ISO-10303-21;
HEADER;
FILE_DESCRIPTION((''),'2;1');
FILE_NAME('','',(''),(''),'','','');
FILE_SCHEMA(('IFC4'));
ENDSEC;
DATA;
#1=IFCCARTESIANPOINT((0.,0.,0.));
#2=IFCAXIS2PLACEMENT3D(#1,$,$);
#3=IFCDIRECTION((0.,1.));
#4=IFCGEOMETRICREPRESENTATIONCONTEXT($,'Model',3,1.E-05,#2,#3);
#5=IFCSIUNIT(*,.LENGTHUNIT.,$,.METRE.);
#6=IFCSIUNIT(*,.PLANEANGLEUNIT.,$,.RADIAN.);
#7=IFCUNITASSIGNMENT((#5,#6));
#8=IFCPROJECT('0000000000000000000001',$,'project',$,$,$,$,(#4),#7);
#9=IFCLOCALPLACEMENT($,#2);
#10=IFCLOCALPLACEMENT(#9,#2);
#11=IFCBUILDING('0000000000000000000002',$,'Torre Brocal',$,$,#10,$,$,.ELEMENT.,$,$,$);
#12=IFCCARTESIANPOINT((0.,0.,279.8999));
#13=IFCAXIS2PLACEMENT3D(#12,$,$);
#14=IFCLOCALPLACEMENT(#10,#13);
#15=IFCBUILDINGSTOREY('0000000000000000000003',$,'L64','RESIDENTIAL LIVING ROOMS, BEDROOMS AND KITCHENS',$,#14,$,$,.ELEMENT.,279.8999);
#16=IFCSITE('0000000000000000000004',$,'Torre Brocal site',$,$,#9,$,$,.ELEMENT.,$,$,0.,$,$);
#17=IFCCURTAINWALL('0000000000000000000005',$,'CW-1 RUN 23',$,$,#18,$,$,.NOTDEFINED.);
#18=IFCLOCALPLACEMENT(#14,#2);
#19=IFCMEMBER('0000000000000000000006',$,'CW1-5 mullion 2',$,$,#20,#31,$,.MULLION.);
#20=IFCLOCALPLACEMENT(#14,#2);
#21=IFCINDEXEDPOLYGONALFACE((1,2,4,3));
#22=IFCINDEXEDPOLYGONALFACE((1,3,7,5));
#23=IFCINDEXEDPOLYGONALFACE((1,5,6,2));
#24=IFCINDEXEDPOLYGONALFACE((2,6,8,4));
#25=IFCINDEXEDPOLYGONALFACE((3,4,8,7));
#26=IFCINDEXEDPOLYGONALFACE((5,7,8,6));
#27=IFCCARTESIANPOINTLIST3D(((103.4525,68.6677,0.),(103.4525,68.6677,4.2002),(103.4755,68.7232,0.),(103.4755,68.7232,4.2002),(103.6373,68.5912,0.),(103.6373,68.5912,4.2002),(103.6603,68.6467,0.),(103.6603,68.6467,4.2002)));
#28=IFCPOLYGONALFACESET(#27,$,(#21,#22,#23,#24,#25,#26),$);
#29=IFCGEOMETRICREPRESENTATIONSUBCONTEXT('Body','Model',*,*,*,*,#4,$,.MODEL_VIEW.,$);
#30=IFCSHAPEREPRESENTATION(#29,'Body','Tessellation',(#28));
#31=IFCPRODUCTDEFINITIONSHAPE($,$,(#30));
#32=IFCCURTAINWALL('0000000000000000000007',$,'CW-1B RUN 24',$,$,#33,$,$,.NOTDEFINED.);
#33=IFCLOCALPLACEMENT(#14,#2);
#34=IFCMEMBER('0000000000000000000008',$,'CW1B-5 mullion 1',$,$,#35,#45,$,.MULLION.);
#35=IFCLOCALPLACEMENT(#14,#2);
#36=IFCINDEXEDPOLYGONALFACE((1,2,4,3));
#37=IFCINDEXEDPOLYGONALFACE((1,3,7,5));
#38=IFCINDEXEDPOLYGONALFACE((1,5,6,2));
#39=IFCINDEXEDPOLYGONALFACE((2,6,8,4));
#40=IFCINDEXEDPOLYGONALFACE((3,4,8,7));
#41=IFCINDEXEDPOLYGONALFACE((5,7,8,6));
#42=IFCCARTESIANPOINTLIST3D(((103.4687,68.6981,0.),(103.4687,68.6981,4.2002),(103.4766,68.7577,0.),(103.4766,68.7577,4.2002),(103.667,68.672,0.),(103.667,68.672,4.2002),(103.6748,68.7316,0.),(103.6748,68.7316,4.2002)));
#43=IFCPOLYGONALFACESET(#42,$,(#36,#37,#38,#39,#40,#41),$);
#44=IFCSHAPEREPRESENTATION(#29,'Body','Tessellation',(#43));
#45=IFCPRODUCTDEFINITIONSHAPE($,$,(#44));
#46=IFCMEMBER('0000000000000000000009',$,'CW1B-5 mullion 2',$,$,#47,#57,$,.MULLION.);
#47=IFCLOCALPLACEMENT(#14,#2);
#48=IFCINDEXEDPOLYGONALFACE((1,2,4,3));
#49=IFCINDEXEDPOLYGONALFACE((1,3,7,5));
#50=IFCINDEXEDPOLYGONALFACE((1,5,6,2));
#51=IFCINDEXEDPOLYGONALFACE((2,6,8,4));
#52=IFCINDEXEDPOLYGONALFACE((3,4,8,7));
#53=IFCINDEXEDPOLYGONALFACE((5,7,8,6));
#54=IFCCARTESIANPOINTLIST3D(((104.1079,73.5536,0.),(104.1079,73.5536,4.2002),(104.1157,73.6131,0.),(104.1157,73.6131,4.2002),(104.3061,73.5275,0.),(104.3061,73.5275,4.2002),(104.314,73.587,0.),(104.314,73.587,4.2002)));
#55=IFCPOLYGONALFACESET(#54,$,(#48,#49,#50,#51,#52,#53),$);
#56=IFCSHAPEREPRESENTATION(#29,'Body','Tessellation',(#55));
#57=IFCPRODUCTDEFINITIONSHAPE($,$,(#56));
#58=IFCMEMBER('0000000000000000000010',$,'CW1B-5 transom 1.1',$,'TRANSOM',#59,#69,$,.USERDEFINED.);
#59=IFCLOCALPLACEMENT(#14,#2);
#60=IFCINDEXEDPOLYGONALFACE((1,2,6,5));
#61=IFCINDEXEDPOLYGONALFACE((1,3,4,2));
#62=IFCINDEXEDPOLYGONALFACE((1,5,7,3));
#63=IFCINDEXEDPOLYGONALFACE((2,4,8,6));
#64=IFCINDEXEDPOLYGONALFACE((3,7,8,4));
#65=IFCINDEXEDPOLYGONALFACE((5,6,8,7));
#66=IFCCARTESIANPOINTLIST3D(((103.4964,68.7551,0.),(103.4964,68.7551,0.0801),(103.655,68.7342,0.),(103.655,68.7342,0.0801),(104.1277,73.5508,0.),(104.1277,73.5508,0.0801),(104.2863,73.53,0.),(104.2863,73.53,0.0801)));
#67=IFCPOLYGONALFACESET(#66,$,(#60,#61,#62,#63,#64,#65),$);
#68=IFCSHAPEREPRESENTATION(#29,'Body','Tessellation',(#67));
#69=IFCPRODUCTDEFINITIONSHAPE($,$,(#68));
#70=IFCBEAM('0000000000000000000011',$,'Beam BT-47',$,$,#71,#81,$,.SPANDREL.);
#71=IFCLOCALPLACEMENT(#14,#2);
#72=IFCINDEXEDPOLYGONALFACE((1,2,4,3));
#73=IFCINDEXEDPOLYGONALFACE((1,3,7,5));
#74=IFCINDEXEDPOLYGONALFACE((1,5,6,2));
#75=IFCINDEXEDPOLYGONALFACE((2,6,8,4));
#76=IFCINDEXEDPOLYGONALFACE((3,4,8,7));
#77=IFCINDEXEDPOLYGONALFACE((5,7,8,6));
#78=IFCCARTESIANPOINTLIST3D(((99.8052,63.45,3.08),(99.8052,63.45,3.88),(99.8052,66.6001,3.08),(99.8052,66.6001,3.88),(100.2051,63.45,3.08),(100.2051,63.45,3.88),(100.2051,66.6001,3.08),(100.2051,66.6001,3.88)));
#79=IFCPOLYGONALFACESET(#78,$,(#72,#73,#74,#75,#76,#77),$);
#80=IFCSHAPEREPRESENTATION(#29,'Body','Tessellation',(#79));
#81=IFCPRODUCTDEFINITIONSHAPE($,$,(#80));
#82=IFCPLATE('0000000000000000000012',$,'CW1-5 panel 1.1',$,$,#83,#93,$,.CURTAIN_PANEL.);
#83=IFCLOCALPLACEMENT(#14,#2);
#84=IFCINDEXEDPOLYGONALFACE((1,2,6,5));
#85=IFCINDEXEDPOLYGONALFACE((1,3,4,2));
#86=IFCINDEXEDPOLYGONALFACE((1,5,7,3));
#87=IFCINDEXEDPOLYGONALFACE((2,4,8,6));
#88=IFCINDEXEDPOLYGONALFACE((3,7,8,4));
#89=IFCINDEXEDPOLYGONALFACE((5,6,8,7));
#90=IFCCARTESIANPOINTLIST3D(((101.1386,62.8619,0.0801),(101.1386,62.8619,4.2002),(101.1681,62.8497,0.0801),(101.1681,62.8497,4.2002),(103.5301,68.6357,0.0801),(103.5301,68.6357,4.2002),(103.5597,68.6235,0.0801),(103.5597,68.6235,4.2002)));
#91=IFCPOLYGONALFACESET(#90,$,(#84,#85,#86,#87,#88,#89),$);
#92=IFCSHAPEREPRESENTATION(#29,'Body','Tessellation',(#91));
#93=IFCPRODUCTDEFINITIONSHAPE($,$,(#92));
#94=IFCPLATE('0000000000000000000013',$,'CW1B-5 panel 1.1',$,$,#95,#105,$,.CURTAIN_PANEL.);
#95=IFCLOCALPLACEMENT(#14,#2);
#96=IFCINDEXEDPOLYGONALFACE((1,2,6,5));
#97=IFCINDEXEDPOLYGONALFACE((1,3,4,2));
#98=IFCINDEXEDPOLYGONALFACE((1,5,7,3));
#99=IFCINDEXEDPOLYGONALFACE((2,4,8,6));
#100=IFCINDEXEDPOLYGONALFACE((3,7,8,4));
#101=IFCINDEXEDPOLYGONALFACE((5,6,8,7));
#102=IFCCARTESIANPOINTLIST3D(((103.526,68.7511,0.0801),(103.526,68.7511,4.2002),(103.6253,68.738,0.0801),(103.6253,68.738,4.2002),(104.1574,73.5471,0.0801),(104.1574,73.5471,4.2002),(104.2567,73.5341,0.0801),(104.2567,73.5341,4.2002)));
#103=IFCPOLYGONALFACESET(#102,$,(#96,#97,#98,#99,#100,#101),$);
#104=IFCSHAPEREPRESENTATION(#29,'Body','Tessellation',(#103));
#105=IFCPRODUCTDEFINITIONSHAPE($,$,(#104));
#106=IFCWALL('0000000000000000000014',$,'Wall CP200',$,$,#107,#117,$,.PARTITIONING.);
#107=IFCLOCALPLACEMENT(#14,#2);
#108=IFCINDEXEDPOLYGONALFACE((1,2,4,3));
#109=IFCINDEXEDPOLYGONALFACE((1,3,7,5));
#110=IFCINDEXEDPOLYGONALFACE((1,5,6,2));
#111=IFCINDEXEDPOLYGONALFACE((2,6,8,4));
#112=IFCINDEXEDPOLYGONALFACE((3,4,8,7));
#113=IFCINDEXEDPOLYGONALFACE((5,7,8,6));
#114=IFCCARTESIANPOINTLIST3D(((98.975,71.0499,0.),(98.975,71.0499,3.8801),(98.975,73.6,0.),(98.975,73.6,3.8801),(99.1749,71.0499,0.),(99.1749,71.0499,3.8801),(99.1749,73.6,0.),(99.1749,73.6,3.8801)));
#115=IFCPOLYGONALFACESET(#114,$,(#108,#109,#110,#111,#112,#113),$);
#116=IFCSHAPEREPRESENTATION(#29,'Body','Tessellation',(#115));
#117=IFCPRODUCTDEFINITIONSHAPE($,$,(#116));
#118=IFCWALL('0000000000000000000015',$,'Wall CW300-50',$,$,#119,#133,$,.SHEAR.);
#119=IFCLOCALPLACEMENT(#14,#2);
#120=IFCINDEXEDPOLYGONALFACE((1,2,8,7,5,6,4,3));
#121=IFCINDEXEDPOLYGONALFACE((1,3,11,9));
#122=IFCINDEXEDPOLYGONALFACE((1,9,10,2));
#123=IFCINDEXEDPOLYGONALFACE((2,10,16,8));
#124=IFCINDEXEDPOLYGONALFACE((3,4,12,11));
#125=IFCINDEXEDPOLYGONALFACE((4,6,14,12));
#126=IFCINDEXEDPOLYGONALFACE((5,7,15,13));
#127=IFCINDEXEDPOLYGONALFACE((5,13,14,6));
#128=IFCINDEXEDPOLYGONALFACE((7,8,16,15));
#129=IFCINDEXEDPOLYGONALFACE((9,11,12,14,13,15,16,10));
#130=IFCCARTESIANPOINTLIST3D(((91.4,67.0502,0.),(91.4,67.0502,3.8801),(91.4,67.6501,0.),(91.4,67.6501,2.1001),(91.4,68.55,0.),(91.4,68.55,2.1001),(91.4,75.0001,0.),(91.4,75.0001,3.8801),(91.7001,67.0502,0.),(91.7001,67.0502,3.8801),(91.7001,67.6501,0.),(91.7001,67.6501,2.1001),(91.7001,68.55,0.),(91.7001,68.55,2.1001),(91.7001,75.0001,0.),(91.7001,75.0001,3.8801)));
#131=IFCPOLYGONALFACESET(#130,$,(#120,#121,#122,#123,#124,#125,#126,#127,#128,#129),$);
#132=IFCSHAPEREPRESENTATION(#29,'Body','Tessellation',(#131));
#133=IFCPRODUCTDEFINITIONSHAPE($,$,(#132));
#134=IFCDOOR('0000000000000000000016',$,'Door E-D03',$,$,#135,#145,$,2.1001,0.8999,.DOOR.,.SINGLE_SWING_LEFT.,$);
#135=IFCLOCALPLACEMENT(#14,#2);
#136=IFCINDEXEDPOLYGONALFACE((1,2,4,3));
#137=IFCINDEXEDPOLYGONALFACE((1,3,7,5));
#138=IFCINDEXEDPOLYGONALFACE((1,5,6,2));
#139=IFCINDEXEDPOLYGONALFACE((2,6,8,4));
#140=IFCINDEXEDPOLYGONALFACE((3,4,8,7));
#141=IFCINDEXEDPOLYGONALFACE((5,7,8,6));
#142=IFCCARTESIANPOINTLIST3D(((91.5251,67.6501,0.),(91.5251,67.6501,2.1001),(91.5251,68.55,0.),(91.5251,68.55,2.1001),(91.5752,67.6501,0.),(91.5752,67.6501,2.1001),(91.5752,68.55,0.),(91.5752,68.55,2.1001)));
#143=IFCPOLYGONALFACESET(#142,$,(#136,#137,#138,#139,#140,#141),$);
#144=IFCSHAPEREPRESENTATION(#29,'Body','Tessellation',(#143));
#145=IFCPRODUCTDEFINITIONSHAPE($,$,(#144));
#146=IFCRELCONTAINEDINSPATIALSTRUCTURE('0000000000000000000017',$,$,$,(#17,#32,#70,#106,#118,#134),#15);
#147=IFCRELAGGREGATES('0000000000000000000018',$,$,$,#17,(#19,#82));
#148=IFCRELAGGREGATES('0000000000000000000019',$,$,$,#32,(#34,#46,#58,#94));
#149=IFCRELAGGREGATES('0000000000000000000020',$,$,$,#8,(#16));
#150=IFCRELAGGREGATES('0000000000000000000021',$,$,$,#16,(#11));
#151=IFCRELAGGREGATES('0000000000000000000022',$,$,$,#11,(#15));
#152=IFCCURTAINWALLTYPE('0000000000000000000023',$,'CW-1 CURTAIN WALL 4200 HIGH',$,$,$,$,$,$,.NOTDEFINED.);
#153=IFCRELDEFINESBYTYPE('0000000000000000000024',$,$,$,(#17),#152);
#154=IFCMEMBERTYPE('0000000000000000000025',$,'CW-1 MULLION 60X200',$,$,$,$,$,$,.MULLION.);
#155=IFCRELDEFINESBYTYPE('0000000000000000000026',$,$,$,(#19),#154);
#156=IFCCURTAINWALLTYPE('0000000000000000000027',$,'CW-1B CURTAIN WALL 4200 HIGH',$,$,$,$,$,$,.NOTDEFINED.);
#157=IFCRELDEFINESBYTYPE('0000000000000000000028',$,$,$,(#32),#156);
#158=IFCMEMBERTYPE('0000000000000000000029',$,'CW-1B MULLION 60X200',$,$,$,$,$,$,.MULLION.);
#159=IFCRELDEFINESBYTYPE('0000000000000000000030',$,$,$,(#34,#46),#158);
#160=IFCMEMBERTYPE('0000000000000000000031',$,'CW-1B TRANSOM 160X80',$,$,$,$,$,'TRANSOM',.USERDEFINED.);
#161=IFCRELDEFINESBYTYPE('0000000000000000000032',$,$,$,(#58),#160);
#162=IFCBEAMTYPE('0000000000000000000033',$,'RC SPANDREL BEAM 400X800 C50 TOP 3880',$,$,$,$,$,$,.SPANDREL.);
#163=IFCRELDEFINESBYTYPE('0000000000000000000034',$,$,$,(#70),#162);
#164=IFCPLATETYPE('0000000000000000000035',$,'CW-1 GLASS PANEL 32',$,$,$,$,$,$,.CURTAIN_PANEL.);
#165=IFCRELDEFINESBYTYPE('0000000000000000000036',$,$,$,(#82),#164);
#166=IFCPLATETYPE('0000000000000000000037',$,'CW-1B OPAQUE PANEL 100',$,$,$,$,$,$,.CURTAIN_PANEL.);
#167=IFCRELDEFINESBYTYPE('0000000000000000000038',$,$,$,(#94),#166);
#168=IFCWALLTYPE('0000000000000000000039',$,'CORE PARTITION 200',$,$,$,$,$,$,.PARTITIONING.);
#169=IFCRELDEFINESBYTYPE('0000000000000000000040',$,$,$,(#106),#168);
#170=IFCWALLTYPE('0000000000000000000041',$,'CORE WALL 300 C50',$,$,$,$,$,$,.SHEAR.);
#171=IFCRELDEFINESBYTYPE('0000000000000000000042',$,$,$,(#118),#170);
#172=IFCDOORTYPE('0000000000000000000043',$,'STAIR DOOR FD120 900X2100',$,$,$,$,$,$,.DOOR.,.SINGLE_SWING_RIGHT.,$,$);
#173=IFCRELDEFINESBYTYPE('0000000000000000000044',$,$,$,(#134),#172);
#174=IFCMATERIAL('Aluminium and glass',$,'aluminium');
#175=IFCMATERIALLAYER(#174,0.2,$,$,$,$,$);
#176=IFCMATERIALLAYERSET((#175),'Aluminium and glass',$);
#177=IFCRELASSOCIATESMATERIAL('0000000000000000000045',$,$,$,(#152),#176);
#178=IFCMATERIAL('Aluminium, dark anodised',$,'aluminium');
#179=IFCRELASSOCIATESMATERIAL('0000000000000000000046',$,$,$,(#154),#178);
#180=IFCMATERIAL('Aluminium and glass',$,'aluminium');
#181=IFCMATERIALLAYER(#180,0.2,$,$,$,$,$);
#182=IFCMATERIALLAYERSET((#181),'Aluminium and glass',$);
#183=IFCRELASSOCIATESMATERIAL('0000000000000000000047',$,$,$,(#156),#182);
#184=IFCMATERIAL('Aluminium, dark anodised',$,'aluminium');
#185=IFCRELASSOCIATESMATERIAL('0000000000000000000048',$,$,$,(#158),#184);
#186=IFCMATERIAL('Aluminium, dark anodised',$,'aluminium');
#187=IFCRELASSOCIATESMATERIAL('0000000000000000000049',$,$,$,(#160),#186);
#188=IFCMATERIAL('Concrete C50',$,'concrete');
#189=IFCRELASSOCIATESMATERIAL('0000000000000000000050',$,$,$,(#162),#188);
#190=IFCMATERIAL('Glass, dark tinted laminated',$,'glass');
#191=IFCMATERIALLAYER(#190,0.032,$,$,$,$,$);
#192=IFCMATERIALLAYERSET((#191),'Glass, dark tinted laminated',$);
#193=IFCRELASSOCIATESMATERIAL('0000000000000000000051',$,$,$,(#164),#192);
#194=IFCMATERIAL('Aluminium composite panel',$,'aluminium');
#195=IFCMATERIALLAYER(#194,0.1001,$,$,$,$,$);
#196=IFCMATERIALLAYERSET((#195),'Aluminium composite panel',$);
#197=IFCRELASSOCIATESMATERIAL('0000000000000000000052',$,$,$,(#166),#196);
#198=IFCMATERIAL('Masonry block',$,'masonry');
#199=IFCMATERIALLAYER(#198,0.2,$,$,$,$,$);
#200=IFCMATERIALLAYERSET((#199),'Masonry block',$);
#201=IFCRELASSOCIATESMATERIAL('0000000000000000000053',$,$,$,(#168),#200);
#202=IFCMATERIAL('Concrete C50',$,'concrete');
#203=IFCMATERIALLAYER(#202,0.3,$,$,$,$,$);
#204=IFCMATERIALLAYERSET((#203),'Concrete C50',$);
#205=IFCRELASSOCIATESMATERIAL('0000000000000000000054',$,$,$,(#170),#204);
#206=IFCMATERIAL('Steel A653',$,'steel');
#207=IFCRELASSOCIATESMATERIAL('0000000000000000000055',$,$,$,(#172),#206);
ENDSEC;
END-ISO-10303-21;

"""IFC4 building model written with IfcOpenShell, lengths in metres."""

from ifc_helpers import new_model, si_unit, direction, frame, frame_2d, origin, origin_2d, place, context, subcontext, project, spatial, rectangle, extrude, material, layer, layer_set, material_profile, profile_set, type_object, element, fill, aggregate, save


model = new_model("IFC4")

# Units and contexts
model_context = context("Model", 3, precision=1e-05, world=origin(), true_north=direction((0.0, 1.0)))
body_context = subcontext(model_context, "Body", "Model", "MODEL_VIEW")
ifc_project = project(units=[si_unit("LENGTHUNIT", "METRE"), si_unit("PLANEANGLEUNIT", "RADIAN")], contexts=[model_context])

# Site, building, storey
site_placement = place(None, origin())
site = spatial("IfcSite", under=ifc_project, at=site_placement, Name="Torre Brocal site", CompositionType="ELEMENT", RefElevation=0.0)
building_placement = place(site_placement, origin())
building = spatial("IfcBuilding", under=site, at=building_placement, Name="Torre Brocal", CompositionType="ELEMENT")
storey_placement = place(building_placement, frame((0.0, 0.0, 279.8999)))
storey = spatial("IfcBuildingStorey", under=building, at=storey_placement, Name="L64", Description="RESIDENTIAL LIVING ROOMS, BEDROOMS AND KITCHENS", CompositionType="ELEMENT", Elevation=279.8999)

# Curtain wall, member
ifc_material_1 = material(Name="Aluminium and glass", Category="aluminium")
ifc_layer_1 = layer(ifc_material_1, 0.2)
ifc_layer_set_1 = layer_set([ifc_layer_1], Name="Aluminium and glass")
curtain_wall_type_1 = type_object("IfcCurtainWallType", Name="CW-1 CURTAIN WALL 4200 HIGH", PredefinedType="NOTDEFINED", material=ifc_layer_set_1)
curtain_wall_1_placement = place(storey_placement, origin())
curtain_wall_1 = element("IfcCurtainWall", 1, at=curtain_wall_1_placement, inside=storey, type_object=curtain_wall_type_1, Name="CW-1 RUN 23", PredefinedType="NOTDEFINED")
ifc_material_2 = material(Name="Aluminium, dark anodised", Category="aluminium")
ifc_material_profile_1 = material_profile(ifc_material_2, rectangle(XDim=0.2, YDim=0.0601, at=origin_2d()), Name="CW-1 MULLION 60X200")
ifc_profile_set_1 = profile_set([ifc_material_profile_1], Name="Aluminium, dark anodised")
member_type_1 = type_object("IfcMemberType", Name="CW-1 MULLION 60X200", PredefinedType="MULLION", material=ifc_profile_set_1)
member_1_placement = place(storey_placement, frame((103.5564, 68.6572, 0.0), z_axis=(0.0, 0.0, 1.0), x_axis=(-0.92388, 0.382683, 0.0)))
member_1 = element("IfcMember", 2, at=member_1_placement, type_object=member_type_1, Name="CW1-5 mullion 2", PredefinedType="MULLION", context=body_context, shape_type="SweptSolid", body=[
    extrude(rectangle(XDim=0.2, YDim=0.0601, at=origin_2d()), origin(), (0.0, 0.0, 1.0), 4.2002),
])

# Curtain wall, members
ifc_material_3 = material(Name="Aluminium and glass", Category="aluminium")
ifc_layer_2 = layer(ifc_material_3, 0.2)
ifc_layer_set_2 = layer_set([ifc_layer_2], Name="Aluminium and glass")
curtain_wall_type_2 = type_object("IfcCurtainWallType", Name="CW-1B CURTAIN WALL 4200 HIGH", PredefinedType="NOTDEFINED", material=ifc_layer_set_2)
curtain_wall_2_placement = place(storey_placement, origin())
curtain_wall_2 = element("IfcCurtainWall", 3, at=curtain_wall_2_placement, inside=storey, type_object=curtain_wall_type_2, Name="CW-1B RUN 24", PredefinedType="NOTDEFINED")
ifc_material_4 = material(Name="Aluminium, dark anodised", Category="aluminium")
ifc_material_profile_2 = material_profile(ifc_material_4, rectangle(XDim=0.2, YDim=0.0601, at=origin_2d()), Name="CW-1B MULLION 60X200")
ifc_profile_set_2 = profile_set([ifc_material_profile_2], Name="Aluminium, dark anodised")
member_type_2 = type_object("IfcMemberType", Name="CW-1B MULLION 60X200", PredefinedType="MULLION", material=ifc_profile_set_2)
member_2_placement = place(storey_placement, frame((103.5718, 68.7148, 0.0), z_axis=(0.0, 0.0, 1.0), x_axis=(-0.991445, 0.130526, 0.0)))
member_2 = element("IfcMember", 4, at=member_2_placement, type_object=member_type_2, Name="CW1B-5 mullion 1", PredefinedType="MULLION", context=body_context, shape_type="SweptSolid", body=[
    extrude(rectangle(XDim=0.2, YDim=0.0601, at=origin_2d()), origin(), (0.0, 0.0, 1.0), 4.2002),
])
member_3_placement = place(storey_placement, frame((104.2109, 73.5703, 0.0), z_axis=(0.0, 0.0, 1.0), x_axis=(-0.991445, 0.130526, 0.0)))
member_3 = element("IfcMember", 5, at=member_3_placement, type_object=member_type_2, Name="CW1B-5 mullion 2", PredefinedType="MULLION", context=body_context, shape_type="SweptSolid", body=[
    extrude(rectangle(XDim=0.2, YDim=0.0601, at=origin_2d()), origin(), (0.0, 0.0, 1.0), 4.2002),
])
ifc_material_5 = material(Name="Aluminium, dark anodised", Category="aluminium")
ifc_material_profile_3 = material_profile(ifc_material_5, rectangle(XDim=0.1599, YDim=0.0801, at=origin_2d()), Name="CW-1B TRANSOM 160X80")
ifc_profile_set_3 = profile_set([ifc_material_profile_3], Name="Aluminium, dark anodised")
member_type_3 = type_object("IfcMemberType", Name="CW-1B TRANSOM 160X80", ElementType="TRANSOM", PredefinedType="USERDEFINED", material=ifc_profile_set_3)
member_4_placement = place(storey_placement, frame((103.5757, 68.7446, 0.04), z_axis=(0.130517, 0.991446, 0.0), x_axis=(-0.991446, 0.130517, 0.0)))
member_4 = element("IfcMember", 6, at=member_4_placement, type_object=member_type_3, Name="CW1B-5 transom 1.1", ObjectType="TRANSOM", PredefinedType="USERDEFINED", context=body_context, shape_type="SweptSolid", body=[
    extrude(rectangle(XDim=0.1599, YDim=0.0801, at=origin_2d()), origin(), (0.0, 0.0, 1.0), 4.8372),
])

# Beam
ifc_material_6 = material(Name="Concrete C50", Category="concrete")
ifc_material_profile_4 = material_profile(ifc_material_6, rectangle(XDim=0.3999, YDim=0.8, at=origin_2d()), Name="RC 400X800")
ifc_profile_set_4 = profile_set([ifc_material_profile_4], Name="Concrete C50")
beam_type = type_object("IfcBeamType", Name="RC SPANDREL BEAM 400X800 C50 TOP 3880", PredefinedType="SPANDREL", material=ifc_profile_set_4)
beam_placement = place(storey_placement, frame((100.0051, 63.45, 3.48), z_axis=(0.0, 1.0, 0.0), x_axis=(-1.0, 0.0, 0.0)))
element("IfcBeam", 7, at=beam_placement, inside=storey, type_object=beam_type, Name="Beam BT-47", PredefinedType="SPANDREL", context=body_context, shape_type="SweptSolid", body=[
    extrude(rectangle(XDim=0.3999, YDim=0.8, at=origin_2d()), origin(), (0.0, 0.0, 1.0), 3.1501),
])

# Plates
ifc_material_7 = material(Name="Glass, dark tinted laminated", Category="glass")
ifc_layer_3 = layer(ifc_material_7, 0.032)
ifc_layer_set_3 = layer_set([ifc_layer_3], Name="Glass, dark tinted laminated")
plate_type_1 = type_object("IfcPlateType", Name="CW-1 GLASS PANEL 32", PredefinedType="CURTAIN_PANEL", material=ifc_layer_set_3)
plate_1_placement = place(storey_placement, frame((102.3491, 65.7427, 0.0801), z_axis=(0.0, 0.0, 1.0), x_axis=(0.382683, 0.92388, 0.0)))
plate_1 = element("IfcPlate", 8, at=plate_1_placement, type_object=plate_type_1, Name="CW1-5 panel 1.1", PredefinedType="CURTAIN_PANEL", context=body_context, shape_type="SweptSolid", body=[
    extrude(rectangle(XDim=6.2495, YDim=0.032, at=origin_2d()), origin(), (0.0, 0.0, 1.0), 4.1201),
])
aggregate(curtain_wall_1, [member_1, plate_1])
ifc_material_8 = material(Name="Aluminium composite panel", Category="aluminium")
ifc_layer_4 = layer(ifc_material_8, 0.1001)
ifc_layer_set_4 = layer_set([ifc_layer_4], Name="Aluminium composite panel")
plate_type_2 = type_object("IfcPlateType", Name="CW-1B OPAQUE PANEL 100", PredefinedType="CURTAIN_PANEL", material=ifc_layer_set_4)
plate_2_placement = place(storey_placement, frame((103.8914, 71.1426, 0.0801), z_axis=(0.0, 0.0, 1.0), x_axis=(0.130526, 0.991445, 0.0)))
plate_2 = element("IfcPlate", 9, at=plate_2_placement, type_object=plate_type_2, Name="CW1B-5 panel 1.1", PredefinedType="CURTAIN_PANEL", context=body_context, shape_type="SweptSolid", body=[
    extrude(rectangle(XDim=4.8374, YDim=0.1001, at=origin_2d()), origin(), (0.0, 0.0, 1.0), 4.1201),
])
aggregate(curtain_wall_2, [member_2, member_3, member_4, plate_2])

# Wall
ifc_material_9 = material(Name="Masonry block", Category="masonry")
ifc_layer_5 = layer(ifc_material_9, 0.2)
ifc_layer_set_5 = layer_set([ifc_layer_5], Name="Masonry block")
wall_type_1 = type_object("IfcWallType", Name="CORE PARTITION 200", PredefinedType="PARTITIONING", material=ifc_layer_set_5)
wall_1_placement = place(storey_placement, frame((99.075, 71.05, 0.0), z_axis=(0.0, 0.0, 1.0), x_axis=(0.0, 1.0, 0.0)))
element("IfcWall", 10, at=wall_1_placement, inside=storey, type_object=wall_type_1, Name="Wall CP200", PredefinedType="PARTITIONING", context=body_context, shape_type="SweptSolid", body=[
    extrude(rectangle(XDim=2.55, YDim=0.2, at=frame_2d((1.2749, 0.0))), origin(), (0.0, 0.0, 1.0), 3.8801),
])

# Wall, opening, door
ifc_material_10 = material(Name="Concrete C50", Category="concrete")
ifc_layer_6 = layer(ifc_material_10, 0.3)
ifc_layer_set_6 = layer_set([ifc_layer_6], Name="Concrete C50")
wall_type_2 = type_object("IfcWallType", Name="CORE WALL 300 C50", PredefinedType="SHEAR", material=ifc_layer_set_6)
wall_2_placement = place(storey_placement, frame((91.55, 67.05, 0.0), z_axis=(0.0, 0.0, 1.0), x_axis=(0.0, 1.0, 0.0)))
wall_2 = element("IfcWall", 11, at=wall_2_placement, inside=storey, type_object=wall_type_2, Name="Wall CW300-50", PredefinedType="SHEAR", context=body_context, shape_type="SweptSolid", body=[
    extrude(rectangle(XDim=7.95, YDim=0.3, at=frame_2d((3.9751, 0.0))), origin(), (0.0, 0.0, 1.0), 3.8801),
])
opening_1_placement = place(wall_2_placement, frame((0.6001, 0.0, 0.0)))
opening_1 = element("IfcOpeningElement", 12, at=opening_1_placement, cuts=wall_2, PredefinedType="OPENING", context=body_context, shape_type="SweptSolid", body=[
    extrude(rectangle(XDim=0.8999, YDim=2.1001, at=frame_2d((0.45, 1.05))), frame((0.0, 0.1599, 0.0), z_axis=(0.0, -1.0, 0.0), x_axis=(1.0, 0.0, 0.0)), (0.0, 0.0, 1.0), 0.3201),
])
ifc_material_11 = material(Name="Steel A653", Category="steel")
door_type_1 = type_object("IfcDoorType", Name="STAIR DOOR FD120 900X2100", OperationType="SINGLE_SWING_RIGHT", PredefinedType="DOOR", material=ifc_material_11)
door_1_placement = place(opening_1_placement, origin())
door_1 = element("IfcDoor", 13, at=door_1_placement, inside=storey, type_object=door_type_1, Name="Door E-D03", OperationType="SINGLE_SWING_LEFT", OverallHeight=2.1001, OverallWidth=0.8999, PredefinedType="DOOR", context=body_context, shape_type="SweptSolid", body=[
    extrude(rectangle(XDim=0.8999, YDim=2.1001, at=frame_2d((0.45, 1.05))), frame((0.0, 0.0249, 0.0), z_axis=(0.0, -1.0, 0.0), x_axis=(1.0, 0.0, 0.0)), (0.0, 0.0, 1.0), 0.05),
])
fill(opening_1, door_1)

save(model, "model.ifc")
